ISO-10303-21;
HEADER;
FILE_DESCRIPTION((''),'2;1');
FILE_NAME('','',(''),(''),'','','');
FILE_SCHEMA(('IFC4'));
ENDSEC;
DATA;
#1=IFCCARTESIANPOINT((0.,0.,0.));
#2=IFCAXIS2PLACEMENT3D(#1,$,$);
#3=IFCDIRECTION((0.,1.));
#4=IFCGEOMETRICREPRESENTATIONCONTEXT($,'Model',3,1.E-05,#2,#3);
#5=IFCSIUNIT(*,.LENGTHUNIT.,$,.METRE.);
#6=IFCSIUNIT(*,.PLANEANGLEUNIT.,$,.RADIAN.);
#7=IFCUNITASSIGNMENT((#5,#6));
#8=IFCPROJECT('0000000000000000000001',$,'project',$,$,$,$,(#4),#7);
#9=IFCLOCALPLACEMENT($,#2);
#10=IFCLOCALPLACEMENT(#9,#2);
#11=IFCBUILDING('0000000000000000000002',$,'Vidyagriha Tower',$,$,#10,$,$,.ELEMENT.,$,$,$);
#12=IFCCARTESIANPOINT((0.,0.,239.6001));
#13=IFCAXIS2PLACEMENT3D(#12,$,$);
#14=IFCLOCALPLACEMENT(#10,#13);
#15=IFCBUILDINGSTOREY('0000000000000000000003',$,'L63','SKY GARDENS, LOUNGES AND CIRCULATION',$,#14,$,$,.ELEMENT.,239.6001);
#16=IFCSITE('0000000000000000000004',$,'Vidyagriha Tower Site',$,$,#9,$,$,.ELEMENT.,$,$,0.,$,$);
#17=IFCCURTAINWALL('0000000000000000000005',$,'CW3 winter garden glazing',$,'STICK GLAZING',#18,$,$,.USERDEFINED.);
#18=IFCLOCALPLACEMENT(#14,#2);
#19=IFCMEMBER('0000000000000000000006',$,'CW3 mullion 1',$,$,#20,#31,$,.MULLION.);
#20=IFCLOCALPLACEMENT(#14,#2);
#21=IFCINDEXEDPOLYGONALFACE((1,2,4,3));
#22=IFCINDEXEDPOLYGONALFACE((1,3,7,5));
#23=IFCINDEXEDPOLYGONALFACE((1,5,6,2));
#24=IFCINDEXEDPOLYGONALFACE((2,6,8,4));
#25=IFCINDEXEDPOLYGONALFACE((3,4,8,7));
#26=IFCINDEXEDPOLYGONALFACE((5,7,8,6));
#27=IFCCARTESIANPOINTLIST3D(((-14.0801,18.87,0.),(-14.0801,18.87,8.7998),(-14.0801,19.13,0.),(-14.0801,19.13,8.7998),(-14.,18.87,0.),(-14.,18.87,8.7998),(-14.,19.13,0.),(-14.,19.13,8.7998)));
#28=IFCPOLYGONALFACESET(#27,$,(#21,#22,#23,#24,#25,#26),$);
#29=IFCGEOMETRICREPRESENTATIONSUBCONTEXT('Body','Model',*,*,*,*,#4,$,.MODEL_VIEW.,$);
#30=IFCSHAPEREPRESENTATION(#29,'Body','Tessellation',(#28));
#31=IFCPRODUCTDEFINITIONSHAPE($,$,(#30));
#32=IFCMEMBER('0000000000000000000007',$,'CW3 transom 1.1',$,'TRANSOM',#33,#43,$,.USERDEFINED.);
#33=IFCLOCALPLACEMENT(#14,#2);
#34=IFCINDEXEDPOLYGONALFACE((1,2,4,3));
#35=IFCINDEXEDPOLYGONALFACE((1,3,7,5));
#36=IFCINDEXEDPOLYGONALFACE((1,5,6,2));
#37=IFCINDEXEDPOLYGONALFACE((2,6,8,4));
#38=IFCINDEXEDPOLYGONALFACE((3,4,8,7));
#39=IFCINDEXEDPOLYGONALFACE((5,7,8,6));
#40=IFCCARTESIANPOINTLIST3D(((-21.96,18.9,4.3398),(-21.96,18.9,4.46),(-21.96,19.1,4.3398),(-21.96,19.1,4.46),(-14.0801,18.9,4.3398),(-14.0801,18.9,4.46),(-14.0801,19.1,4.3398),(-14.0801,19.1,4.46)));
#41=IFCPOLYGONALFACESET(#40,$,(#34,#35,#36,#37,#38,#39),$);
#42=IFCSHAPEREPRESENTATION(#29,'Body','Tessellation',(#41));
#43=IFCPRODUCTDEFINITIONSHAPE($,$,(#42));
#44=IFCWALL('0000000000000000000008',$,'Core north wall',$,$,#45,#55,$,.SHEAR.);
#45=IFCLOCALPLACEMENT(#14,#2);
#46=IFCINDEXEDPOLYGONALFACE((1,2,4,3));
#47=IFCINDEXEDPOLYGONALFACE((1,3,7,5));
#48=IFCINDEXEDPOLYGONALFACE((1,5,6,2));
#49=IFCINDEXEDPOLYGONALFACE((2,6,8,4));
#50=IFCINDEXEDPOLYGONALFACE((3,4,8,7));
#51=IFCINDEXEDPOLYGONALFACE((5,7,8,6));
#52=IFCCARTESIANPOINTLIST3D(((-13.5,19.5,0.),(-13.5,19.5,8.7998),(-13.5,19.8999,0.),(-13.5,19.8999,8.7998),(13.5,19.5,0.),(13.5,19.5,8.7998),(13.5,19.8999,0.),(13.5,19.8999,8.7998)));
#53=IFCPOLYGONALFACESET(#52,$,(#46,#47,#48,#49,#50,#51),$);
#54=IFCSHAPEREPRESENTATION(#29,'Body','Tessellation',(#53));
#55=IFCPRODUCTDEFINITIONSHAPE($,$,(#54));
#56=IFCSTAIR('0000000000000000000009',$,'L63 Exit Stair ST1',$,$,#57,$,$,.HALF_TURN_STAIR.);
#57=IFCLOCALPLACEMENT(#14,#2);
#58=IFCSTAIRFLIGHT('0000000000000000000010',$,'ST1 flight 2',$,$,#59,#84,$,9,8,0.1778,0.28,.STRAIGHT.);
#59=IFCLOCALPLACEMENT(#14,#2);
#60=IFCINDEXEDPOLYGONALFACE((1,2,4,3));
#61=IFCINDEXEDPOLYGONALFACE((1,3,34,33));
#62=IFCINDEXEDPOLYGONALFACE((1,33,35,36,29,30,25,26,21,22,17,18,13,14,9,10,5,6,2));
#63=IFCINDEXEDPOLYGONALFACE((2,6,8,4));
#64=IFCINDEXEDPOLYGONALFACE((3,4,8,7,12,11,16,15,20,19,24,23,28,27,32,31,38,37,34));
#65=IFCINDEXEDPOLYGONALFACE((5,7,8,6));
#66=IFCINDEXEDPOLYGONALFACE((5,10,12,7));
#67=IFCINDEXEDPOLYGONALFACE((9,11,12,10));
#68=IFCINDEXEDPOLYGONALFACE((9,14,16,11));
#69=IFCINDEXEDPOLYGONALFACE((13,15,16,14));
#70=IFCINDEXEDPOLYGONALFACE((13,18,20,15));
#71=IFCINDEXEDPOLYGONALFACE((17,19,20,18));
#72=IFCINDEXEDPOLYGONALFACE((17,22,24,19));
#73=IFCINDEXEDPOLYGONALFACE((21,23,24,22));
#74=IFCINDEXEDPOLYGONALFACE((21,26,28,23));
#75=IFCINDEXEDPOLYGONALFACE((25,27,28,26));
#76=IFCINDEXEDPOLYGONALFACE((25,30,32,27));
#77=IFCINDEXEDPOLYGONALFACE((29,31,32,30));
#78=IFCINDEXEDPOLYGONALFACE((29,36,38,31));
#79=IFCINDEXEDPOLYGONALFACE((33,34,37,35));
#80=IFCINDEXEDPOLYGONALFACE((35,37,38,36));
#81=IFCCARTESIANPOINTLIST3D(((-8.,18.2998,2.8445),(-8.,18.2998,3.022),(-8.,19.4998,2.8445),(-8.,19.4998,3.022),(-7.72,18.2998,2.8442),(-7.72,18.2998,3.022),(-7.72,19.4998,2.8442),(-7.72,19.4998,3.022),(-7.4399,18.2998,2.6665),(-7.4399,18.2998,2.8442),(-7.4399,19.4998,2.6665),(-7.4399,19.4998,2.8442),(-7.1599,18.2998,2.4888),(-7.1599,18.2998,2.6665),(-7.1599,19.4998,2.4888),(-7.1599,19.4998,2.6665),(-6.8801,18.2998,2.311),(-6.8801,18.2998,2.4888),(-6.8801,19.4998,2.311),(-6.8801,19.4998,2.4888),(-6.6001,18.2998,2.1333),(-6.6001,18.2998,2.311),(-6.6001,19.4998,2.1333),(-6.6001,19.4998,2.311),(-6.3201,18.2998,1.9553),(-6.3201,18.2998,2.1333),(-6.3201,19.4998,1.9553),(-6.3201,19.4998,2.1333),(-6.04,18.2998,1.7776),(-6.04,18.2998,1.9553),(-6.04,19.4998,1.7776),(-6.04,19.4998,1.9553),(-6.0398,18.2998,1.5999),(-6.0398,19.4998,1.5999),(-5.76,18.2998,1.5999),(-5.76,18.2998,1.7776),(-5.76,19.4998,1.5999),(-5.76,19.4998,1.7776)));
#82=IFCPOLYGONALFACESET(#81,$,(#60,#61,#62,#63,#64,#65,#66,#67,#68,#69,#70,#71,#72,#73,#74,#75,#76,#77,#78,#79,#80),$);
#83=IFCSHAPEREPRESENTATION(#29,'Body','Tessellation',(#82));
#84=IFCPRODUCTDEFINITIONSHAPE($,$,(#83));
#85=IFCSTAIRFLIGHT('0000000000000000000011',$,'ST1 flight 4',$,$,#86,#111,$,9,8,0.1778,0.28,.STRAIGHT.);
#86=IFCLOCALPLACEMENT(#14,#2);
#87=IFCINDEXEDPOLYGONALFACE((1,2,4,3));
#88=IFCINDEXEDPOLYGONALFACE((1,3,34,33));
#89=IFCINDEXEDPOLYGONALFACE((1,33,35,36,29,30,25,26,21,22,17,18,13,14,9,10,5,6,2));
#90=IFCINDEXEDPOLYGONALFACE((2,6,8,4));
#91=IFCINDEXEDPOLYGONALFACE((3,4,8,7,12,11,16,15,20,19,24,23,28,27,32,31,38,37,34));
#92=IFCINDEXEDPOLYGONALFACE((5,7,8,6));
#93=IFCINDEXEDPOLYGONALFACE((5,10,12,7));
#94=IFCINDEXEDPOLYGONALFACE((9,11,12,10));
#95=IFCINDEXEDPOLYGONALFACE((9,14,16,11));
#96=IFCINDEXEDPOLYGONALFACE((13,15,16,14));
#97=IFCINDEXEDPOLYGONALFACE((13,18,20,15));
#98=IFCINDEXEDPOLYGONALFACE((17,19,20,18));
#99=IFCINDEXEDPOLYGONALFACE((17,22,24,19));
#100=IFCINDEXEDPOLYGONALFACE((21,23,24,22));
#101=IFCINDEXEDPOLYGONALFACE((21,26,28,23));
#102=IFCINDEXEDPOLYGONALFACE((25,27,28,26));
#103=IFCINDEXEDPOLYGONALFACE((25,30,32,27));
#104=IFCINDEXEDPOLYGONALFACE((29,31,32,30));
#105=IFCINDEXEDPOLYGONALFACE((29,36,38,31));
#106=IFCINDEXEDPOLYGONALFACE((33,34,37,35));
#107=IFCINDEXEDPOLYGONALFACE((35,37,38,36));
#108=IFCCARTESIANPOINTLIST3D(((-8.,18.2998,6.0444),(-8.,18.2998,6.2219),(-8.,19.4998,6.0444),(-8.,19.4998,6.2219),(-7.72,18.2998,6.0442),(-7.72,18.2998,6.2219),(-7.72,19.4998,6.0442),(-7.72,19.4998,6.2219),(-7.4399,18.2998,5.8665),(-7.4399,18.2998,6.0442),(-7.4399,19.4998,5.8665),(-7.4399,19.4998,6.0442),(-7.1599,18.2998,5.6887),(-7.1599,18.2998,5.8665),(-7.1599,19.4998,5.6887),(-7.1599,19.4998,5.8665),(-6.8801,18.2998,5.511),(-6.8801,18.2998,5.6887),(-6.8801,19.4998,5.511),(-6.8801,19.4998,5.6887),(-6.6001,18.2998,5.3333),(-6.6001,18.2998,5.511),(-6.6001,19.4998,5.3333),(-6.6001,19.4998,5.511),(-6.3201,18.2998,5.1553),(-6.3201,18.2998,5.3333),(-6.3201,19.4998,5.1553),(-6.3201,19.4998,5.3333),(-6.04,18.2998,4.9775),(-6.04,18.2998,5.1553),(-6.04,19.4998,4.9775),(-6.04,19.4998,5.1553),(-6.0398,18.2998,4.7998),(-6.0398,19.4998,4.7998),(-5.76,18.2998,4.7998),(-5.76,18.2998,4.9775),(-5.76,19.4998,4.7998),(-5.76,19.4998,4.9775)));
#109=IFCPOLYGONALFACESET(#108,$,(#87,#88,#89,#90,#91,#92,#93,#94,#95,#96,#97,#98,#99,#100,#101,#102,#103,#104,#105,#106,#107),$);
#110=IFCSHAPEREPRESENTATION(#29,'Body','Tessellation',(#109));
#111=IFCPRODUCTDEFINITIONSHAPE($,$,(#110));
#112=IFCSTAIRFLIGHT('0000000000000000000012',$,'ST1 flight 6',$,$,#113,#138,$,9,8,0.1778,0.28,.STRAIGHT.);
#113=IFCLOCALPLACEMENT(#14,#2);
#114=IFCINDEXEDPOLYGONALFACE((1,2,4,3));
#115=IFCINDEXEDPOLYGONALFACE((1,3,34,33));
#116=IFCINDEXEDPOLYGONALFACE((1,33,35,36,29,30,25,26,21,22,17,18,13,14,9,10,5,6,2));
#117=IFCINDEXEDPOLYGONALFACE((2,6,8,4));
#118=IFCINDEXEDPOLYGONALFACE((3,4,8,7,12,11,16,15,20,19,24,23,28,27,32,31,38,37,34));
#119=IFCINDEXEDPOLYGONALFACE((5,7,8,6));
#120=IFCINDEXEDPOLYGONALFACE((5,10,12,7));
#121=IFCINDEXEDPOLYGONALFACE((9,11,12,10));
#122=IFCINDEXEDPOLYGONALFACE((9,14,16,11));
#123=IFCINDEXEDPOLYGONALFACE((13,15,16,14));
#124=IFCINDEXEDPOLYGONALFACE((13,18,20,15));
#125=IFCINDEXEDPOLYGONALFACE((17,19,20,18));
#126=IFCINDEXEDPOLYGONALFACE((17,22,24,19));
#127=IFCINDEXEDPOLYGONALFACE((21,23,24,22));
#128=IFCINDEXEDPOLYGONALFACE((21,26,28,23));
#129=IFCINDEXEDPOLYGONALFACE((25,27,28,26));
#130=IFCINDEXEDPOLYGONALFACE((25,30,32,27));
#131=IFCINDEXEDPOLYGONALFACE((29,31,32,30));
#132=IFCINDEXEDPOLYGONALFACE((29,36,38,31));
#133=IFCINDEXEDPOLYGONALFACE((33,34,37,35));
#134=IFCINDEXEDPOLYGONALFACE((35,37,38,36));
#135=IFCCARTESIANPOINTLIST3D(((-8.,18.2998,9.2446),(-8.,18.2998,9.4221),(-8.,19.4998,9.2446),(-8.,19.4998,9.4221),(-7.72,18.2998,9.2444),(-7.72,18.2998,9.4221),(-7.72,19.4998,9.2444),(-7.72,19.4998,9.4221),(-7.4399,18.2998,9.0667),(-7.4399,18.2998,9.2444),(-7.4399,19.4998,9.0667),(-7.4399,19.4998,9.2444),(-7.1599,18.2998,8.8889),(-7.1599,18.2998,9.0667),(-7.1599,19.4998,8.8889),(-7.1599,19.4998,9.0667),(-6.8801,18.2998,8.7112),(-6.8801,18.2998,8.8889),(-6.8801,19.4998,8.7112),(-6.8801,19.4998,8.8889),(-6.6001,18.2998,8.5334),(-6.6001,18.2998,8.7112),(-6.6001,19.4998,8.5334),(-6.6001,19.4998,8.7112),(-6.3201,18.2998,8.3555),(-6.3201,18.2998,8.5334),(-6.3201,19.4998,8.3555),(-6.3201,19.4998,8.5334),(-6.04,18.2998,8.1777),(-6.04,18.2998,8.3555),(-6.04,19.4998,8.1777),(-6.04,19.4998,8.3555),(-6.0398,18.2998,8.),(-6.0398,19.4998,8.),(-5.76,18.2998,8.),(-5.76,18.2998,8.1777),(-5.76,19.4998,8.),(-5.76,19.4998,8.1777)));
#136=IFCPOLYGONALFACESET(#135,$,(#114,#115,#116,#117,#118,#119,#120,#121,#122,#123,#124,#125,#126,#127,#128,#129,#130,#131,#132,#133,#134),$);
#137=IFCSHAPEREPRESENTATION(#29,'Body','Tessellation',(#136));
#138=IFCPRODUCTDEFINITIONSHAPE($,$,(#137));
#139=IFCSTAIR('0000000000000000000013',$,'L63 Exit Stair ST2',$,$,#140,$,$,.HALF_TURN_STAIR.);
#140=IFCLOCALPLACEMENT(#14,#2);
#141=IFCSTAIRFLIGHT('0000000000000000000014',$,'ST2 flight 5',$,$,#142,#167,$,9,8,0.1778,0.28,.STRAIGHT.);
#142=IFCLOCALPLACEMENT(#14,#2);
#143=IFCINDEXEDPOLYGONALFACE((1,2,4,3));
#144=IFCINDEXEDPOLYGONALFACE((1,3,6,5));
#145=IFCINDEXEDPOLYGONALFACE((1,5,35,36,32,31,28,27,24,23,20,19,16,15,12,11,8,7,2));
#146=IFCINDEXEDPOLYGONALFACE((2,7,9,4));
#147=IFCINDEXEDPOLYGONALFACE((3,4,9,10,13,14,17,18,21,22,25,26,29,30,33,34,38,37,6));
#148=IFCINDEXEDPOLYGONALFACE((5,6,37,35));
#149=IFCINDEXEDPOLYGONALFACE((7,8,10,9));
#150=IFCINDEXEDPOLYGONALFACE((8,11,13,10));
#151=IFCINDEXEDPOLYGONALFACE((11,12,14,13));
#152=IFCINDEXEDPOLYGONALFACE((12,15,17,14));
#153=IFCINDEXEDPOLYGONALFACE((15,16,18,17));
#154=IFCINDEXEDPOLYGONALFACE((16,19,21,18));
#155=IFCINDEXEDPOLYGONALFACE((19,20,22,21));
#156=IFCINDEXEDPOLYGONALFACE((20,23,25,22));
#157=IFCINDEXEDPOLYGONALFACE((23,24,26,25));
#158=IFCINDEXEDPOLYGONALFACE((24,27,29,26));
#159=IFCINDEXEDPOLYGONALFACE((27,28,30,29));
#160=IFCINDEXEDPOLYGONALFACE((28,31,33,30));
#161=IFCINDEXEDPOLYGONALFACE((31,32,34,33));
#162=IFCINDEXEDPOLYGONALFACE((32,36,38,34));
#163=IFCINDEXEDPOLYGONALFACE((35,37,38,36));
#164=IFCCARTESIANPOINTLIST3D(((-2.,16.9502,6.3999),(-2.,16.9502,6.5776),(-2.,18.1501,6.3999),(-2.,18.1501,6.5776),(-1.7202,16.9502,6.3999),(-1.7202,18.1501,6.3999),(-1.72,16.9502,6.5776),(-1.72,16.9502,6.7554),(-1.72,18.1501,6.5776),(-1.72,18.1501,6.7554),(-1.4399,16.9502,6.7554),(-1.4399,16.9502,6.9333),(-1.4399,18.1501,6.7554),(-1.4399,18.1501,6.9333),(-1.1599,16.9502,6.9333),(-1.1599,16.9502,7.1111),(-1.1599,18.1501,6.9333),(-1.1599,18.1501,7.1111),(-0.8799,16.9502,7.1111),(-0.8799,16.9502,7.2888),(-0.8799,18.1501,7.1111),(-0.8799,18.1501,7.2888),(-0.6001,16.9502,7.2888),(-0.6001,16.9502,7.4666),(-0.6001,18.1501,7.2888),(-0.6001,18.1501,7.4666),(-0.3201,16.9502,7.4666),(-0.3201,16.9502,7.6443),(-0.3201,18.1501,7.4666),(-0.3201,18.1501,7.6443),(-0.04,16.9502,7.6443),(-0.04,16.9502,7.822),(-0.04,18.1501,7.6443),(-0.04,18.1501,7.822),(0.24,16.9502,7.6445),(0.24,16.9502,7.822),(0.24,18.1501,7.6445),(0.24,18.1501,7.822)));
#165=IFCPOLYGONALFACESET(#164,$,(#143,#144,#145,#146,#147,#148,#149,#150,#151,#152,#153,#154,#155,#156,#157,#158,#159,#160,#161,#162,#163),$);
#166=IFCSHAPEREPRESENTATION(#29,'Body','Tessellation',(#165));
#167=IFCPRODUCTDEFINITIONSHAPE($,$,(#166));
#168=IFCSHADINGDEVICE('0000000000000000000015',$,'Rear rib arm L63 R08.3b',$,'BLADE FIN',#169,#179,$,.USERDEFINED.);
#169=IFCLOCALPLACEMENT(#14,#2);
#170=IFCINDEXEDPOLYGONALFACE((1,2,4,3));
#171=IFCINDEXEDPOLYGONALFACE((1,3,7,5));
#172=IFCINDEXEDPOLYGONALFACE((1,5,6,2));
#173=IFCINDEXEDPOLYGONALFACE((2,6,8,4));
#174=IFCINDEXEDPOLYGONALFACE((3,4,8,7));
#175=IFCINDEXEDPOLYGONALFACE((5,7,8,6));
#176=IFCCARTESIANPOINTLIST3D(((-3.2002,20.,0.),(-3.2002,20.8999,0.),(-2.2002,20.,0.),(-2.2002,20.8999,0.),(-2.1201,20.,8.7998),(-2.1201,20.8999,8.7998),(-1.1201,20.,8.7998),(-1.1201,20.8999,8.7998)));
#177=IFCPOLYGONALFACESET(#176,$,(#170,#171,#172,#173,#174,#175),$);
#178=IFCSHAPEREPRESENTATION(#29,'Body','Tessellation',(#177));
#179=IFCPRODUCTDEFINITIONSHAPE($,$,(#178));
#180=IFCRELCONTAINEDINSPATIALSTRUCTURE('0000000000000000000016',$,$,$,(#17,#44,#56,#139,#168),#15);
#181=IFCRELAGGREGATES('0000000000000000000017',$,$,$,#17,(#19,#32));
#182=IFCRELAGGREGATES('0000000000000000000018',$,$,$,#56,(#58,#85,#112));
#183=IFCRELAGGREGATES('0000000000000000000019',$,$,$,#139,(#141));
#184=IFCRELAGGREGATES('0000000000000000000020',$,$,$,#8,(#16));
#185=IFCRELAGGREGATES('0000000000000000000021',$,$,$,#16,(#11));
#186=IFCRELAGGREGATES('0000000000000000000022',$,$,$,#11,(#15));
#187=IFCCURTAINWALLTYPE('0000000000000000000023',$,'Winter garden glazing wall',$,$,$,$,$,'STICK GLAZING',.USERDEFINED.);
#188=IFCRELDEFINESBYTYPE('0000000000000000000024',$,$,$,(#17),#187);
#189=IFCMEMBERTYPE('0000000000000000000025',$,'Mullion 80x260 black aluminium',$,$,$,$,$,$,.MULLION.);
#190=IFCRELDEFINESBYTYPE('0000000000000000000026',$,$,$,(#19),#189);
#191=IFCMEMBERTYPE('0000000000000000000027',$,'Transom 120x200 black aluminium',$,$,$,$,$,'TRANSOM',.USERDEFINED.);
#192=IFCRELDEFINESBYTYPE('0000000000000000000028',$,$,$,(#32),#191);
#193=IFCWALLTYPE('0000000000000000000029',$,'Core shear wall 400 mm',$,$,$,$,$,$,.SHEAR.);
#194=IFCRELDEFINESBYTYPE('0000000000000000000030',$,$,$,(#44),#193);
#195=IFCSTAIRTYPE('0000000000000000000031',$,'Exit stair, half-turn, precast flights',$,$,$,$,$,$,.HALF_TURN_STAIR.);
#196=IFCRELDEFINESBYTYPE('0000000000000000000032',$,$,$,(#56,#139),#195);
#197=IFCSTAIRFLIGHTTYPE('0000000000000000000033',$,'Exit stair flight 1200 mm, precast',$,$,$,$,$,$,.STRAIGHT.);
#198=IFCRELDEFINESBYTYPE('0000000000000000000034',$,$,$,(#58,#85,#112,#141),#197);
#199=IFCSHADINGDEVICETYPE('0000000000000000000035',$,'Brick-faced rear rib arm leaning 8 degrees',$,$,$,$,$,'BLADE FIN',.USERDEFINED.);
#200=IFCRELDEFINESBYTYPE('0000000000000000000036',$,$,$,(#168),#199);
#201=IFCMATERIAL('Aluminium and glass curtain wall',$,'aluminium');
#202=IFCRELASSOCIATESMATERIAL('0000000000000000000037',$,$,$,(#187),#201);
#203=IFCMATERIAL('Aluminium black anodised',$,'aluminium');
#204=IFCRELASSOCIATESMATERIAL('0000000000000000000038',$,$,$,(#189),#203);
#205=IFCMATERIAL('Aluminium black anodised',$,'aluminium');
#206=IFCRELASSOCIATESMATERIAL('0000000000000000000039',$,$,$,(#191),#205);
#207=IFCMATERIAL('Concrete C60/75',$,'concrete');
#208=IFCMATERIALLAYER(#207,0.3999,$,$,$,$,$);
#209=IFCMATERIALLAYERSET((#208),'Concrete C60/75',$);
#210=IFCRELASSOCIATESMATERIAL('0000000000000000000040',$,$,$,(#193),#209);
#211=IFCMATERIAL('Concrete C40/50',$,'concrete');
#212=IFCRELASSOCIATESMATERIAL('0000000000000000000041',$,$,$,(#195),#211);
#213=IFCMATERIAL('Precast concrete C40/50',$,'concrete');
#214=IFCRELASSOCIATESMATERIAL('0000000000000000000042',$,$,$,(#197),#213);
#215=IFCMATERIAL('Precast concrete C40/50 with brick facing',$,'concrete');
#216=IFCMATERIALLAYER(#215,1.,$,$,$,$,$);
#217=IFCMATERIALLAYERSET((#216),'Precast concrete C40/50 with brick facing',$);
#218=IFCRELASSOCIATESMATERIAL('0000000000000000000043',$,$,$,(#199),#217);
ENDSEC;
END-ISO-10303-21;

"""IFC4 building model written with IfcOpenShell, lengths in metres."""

from ifc_helpers import new_model, si_unit, direction, frame, frame_2d, origin, origin_2d, place, context, subcontext, project, spatial, polyline, rectangle, outline, extrude, material, layer, layer_set, material_profile, profile_set, type_object, element, aggregate, save


model = new_model("IFC4")

# Units and contexts
model_context = context("Model", 3, precision=1e-05, world=origin(), true_north=direction((0.0, 1.0)))
body_context = subcontext(model_context, "Body", "Model", "MODEL_VIEW")
ifc_project = project(units=[si_unit("LENGTHUNIT", "METRE"), si_unit("PLANEANGLEUNIT", "RADIAN")], contexts=[model_context])

# Site, building, storey
site_placement = place(None, origin())
site = spatial("IfcSite", under=ifc_project, at=site_placement, Name="Vidyagriha Tower Site", CompositionType="ELEMENT", RefElevation=0.0)
building_placement = place(site_placement, origin())
building = spatial("IfcBuilding", under=site, at=building_placement, Name="Vidyagriha Tower", CompositionType="ELEMENT")
storey_placement = place(building_placement, frame((0.0, 0.0, 239.6001)))
storey = spatial("IfcBuildingStorey", under=building, at=storey_placement, Name="L63", Description="SKY GARDENS, LOUNGES AND CIRCULATION", CompositionType="ELEMENT", Elevation=239.6001)

# Curtain wall, members
ifc_material_1 = material(Name="Aluminium and glass curtain wall", Category="aluminium")
curtain_wall_type = type_object("IfcCurtainWallType", Name="Winter garden glazing wall", ElementType="STICK GLAZING", PredefinedType="USERDEFINED", material=ifc_material_1)
curtain_wall_placement = place(storey_placement, origin())
curtain_wall = element("IfcCurtainWall", 1, at=curtain_wall_placement, inside=storey, type_object=curtain_wall_type, Name="CW3 winter garden glazing", ObjectType="STICK GLAZING", PredefinedType="USERDEFINED")
ifc_material_2 = material(Name="Aluminium black anodised", Category="aluminium")
ifc_material_profile_1 = material_profile(ifc_material_2, rectangle(XDim=0.26, YDim=0.0801, at=origin_2d()), Name="Mullion 80x260 black aluminium")
ifc_profile_set_1 = profile_set([ifc_material_profile_1], Name="Aluminium black anodised")
member_type_1 = type_object("IfcMemberType", Name="Mullion 80x260 black aluminium", PredefinedType="MULLION", material=ifc_profile_set_1)
member_1_placement = place(storey_placement, frame((-14.04, 19.0, 0.0), z_axis=(0.0, 0.0, 1.0), x_axis=(0.0, -1.0, 0.0)))
member_1 = element("IfcMember", 2, at=member_1_placement, type_object=member_type_1, Name="CW3 mullion 1", PredefinedType="MULLION", context=body_context, shape_type="SweptSolid", body=[
    extrude(rectangle(XDim=0.26, YDim=0.0801, at=origin_2d()), origin(), (0.0, 0.0, 1.0), 8.7998),
])
ifc_material_3 = material(Name="Aluminium black anodised", Category="aluminium")
ifc_material_profile_2 = material_profile(ifc_material_3, rectangle(XDim=0.2, YDim=0.1201, at=origin_2d()), Name="Transom 120x200 black aluminium")
ifc_profile_set_2 = profile_set([ifc_material_profile_2], Name="Aluminium black anodised")
member_type_2 = type_object("IfcMemberType", Name="Transom 120x200 black aluminium", ElementType="TRANSOM", PredefinedType="USERDEFINED", material=ifc_profile_set_2)
member_2_placement = place(storey_placement, frame((-14.0801, 19.0, 4.3999), z_axis=(-1.0, 0.0, 0.0), x_axis=(0.0, -1.0, 0.0)))
member_2 = element("IfcMember", 3, at=member_2_placement, type_object=member_type_2, Name="CW3 transom 1.1", ObjectType="TRANSOM", PredefinedType="USERDEFINED", context=body_context, shape_type="SweptSolid", body=[
    extrude(rectangle(XDim=0.2, YDim=0.1201, at=origin_2d()), origin(), (0.0, 0.0, 1.0), 7.8799),
])
aggregate(curtain_wall, [member_1, member_2])

# Wall
ifc_material_4 = material(Name="Concrete C60/75", Category="concrete")
ifc_layer_1 = layer(ifc_material_4, 0.3999)
ifc_layer_set_1 = layer_set([ifc_layer_1], Name="Concrete C60/75")
wall_type = type_object("IfcWallType", Name="Core shear wall 400 mm", PredefinedType="SHEAR", material=ifc_layer_set_1)
wall_placement = place(storey_placement, frame((-13.5, 19.7, 0.0)))
element("IfcWall", 4, at=wall_placement, inside=storey, type_object=wall_type, Name="Core north wall", PredefinedType="SHEAR", context=body_context, shape_type="SweptSolid", body=[
    extrude(rectangle(XDim=27.0, YDim=0.3999, at=frame_2d((13.5, 0.0))), origin(), (0.0, 0.0, 1.0), 8.7998),
])

# Stair, stair flights
ifc_material_5 = material(Name="Concrete C40/50", Category="concrete")
stair_type = type_object("IfcStairType", Name="Exit stair, half-turn, precast flights", PredefinedType="HALF_TURN_STAIR", material=ifc_material_5)
stair_1_placement = place(storey_placement, origin())
stair_1 = element("IfcStair", 5, at=stair_1_placement, inside=storey, type_object=stair_type, Name="L63 Exit Stair ST1", PredefinedType="HALF_TURN_STAIR")
ifc_material_6 = material(Name="Precast concrete C40/50", Category="concrete")
stair_flight_type = type_object("IfcStairFlightType", Name="Exit stair flight 1200 mm, precast", PredefinedType="STRAIGHT", material=ifc_material_6)
stair_flight_1_placement = place(storey_placement, frame((-5.76, 18.8999, 1.5999), z_axis=(0.0, 0.0, 1.0), x_axis=(-1.0, 0.0, 0.0)))
stair_flight_1 = element("IfcStairFlight", 6, at=stair_flight_1_placement, type_object=stair_flight_type, Name="ST1 flight 2", NumberOfRisers=9, NumberOfTreads=8, PredefinedType="STRAIGHT", RiserHeight=0.1778, TreadLength=0.28, context=body_context, shape_type="SweptSolid", body=[
    extrude(outline(polyline([(0.0, 0.0), (0.0, 0.1777), (0.28, 0.1777), (0.28, 0.3555), (0.5601, 0.3555), (0.5601, 0.5334), (0.8401, 0.5334), (0.8401, 0.7112), (1.1201, 0.7112), (1.1201, 0.8889), (1.3999, 0.8889), (1.3999, 1.0667), (1.6799, 1.0667), (1.6799, 1.2444), (1.96, 1.2444), (1.96, 1.4221), (2.24, 1.4221), (2.24, 1.6001), (2.24, 1.2446), (0.2798, 0.0), (0.0, 0.0)])), frame((0.0, 0.6001, 0.0), z_axis=(0.0, -1.0, 0.0), x_axis=(1.0, 0.0, 0.0)), (0.0, 0.0, 1.0), 1.2),
])
stair_flight_2_placement = place(storey_placement, frame((-5.76, 18.8999, 4.7998), z_axis=(0.0, 0.0, 1.0), x_axis=(-1.0, 0.0, 0.0)))
stair_flight_2 = element("IfcStairFlight", 7, at=stair_flight_2_placement, type_object=stair_flight_type, Name="ST1 flight 4", NumberOfRisers=9, NumberOfTreads=8, PredefinedType="STRAIGHT", RiserHeight=0.1778, TreadLength=0.28, context=body_context, shape_type="SweptSolid", body=[
    extrude(outline(polyline([(0.0, 0.0), (0.0, 0.1777), (0.28, 0.1777), (0.28, 0.3555), (0.5601, 0.3555), (0.5601, 0.5334), (0.8401, 0.5334), (0.8401, 0.7112), (1.1201, 0.7112), (1.1201, 0.8889), (1.3999, 0.8889), (1.3999, 1.0667), (1.6799, 1.0667), (1.6799, 1.2444), (1.96, 1.2444), (1.96, 1.4221), (2.24, 1.4221), (2.24, 1.6001), (2.24, 1.2446), (0.2798, 0.0), (0.0, 0.0)])), frame((0.0, 0.6001, 0.0), z_axis=(0.0, -1.0, 0.0), x_axis=(1.0, 0.0, 0.0)), (0.0, 0.0, 1.0), 1.2),
])
stair_flight_3_placement = place(storey_placement, frame((-5.76, 18.8999, 8.0), z_axis=(0.0, 0.0, 1.0), x_axis=(-1.0, 0.0, 0.0)))
stair_flight_3 = element("IfcStairFlight", 8, at=stair_flight_3_placement, type_object=stair_flight_type, Name="ST1 flight 6", NumberOfRisers=9, NumberOfTreads=8, PredefinedType="STRAIGHT", RiserHeight=0.1778, TreadLength=0.28, context=body_context, shape_type="SweptSolid", body=[
    extrude(outline(polyline([(0.0, 0.0), (0.0, 0.1777), (0.28, 0.1777), (0.28, 0.3555), (0.5601, 0.3555), (0.5601, 0.5334), (0.8401, 0.5334), (0.8401, 0.7112), (1.1201, 0.7112), (1.1201, 0.8889), (1.3999, 0.8889), (1.3999, 1.0667), (1.6799, 1.0667), (1.6799, 1.2444), (1.96, 1.2444), (1.96, 1.4221), (2.24, 1.4221), (2.24, 1.6001), (2.24, 1.2446), (0.2798, 0.0), (0.0, 0.0)])), frame((0.0, 0.6001, 0.0), z_axis=(0.0, -1.0, 0.0), x_axis=(1.0, 0.0, 0.0)), (0.0, 0.0, 1.0), 1.2),
])
aggregate(stair_1, [stair_flight_1, stair_flight_2, stair_flight_3])

# Stair, stair flight
stair_2_placement = place(storey_placement, origin())
stair_2 = element("IfcStair", 9, at=stair_2_placement, inside=storey, type_object=stair_type, Name="L63 Exit Stair ST2", PredefinedType="HALF_TURN_STAIR")
stair_flight_4_placement = place(storey_placement, frame((-2.0, 17.55, 6.3999)))
stair_flight_4 = element("IfcStairFlight", 10, at=stair_flight_4_placement, type_object=stair_flight_type, Name="ST2 flight 5", NumberOfRisers=9, NumberOfTreads=8, PredefinedType="STRAIGHT", RiserHeight=0.1778, TreadLength=0.28, context=body_context, shape_type="SweptSolid", body=[
    extrude(outline(polyline([(0.0, 0.0), (0.0, 0.1777), (0.28, 0.1777), (0.28, 0.3555), (0.5601, 0.3555), (0.5601, 0.5334), (0.8401, 0.5334), (0.8401, 0.7112), (1.1201, 0.7112), (1.1201, 0.8889), (1.3999, 0.8889), (1.3999, 1.0667), (1.6799, 1.0667), (1.6799, 1.2444), (1.96, 1.2444), (1.96, 1.4221), (2.24, 1.4221), (2.24, 1.6001), (2.24, 1.2446), (0.2798, 0.0), (0.0, 0.0)])), frame((0.0, 0.6001, 0.0), z_axis=(0.0, -1.0, 0.0), x_axis=(1.0, 0.0, 0.0)), (0.0, 0.0, 1.0), 1.2),
])
aggregate(stair_2, [stair_flight_4])

# Shading device
ifc_material_7 = material(Name="Precast concrete C40/50 with brick facing", Category="concrete")
ifc_layer_2 = layer(ifc_material_7, 1.0)
ifc_layer_set_2 = layer_set([ifc_layer_2], Name="Precast concrete C40/50 with brick facing")
shading_device_type_1 = type_object("IfcShadingDeviceType", Name="Brick-faced rear rib arm leaning 8 degrees", ElementType="BLADE FIN", PredefinedType="USERDEFINED", material=ifc_layer_set_2)
shading_device_1_placement = place(storey_placement, frame((-1.1201, 20.45, 0.0), z_axis=(0.0, 0.0, 1.0), x_axis=(-1.0, 0.0, 0.0)))
element("IfcShadingDevice", 11, at=shading_device_1_placement, inside=storey, type_object=shading_device_type_1, Name="Rear rib arm L63 R08.3b", ObjectType="BLADE FIN", PredefinedType="USERDEFINED", context=body_context, shape_type="SweptSolid", body=[
    extrude(outline(polyline([(1.0801, 0.0), (2.0801, 0.0), (1.0, 8.7998), (0.0, 8.7998), (1.0801, 0.0)])), frame((0.0, 0.45, 0.0), z_axis=(0.0, -1.0, 0.0), x_axis=(1.0, 0.0, 0.0)), (0.0, 0.0, 1.0), 0.8999),
])

save(model, "model.ifc")
